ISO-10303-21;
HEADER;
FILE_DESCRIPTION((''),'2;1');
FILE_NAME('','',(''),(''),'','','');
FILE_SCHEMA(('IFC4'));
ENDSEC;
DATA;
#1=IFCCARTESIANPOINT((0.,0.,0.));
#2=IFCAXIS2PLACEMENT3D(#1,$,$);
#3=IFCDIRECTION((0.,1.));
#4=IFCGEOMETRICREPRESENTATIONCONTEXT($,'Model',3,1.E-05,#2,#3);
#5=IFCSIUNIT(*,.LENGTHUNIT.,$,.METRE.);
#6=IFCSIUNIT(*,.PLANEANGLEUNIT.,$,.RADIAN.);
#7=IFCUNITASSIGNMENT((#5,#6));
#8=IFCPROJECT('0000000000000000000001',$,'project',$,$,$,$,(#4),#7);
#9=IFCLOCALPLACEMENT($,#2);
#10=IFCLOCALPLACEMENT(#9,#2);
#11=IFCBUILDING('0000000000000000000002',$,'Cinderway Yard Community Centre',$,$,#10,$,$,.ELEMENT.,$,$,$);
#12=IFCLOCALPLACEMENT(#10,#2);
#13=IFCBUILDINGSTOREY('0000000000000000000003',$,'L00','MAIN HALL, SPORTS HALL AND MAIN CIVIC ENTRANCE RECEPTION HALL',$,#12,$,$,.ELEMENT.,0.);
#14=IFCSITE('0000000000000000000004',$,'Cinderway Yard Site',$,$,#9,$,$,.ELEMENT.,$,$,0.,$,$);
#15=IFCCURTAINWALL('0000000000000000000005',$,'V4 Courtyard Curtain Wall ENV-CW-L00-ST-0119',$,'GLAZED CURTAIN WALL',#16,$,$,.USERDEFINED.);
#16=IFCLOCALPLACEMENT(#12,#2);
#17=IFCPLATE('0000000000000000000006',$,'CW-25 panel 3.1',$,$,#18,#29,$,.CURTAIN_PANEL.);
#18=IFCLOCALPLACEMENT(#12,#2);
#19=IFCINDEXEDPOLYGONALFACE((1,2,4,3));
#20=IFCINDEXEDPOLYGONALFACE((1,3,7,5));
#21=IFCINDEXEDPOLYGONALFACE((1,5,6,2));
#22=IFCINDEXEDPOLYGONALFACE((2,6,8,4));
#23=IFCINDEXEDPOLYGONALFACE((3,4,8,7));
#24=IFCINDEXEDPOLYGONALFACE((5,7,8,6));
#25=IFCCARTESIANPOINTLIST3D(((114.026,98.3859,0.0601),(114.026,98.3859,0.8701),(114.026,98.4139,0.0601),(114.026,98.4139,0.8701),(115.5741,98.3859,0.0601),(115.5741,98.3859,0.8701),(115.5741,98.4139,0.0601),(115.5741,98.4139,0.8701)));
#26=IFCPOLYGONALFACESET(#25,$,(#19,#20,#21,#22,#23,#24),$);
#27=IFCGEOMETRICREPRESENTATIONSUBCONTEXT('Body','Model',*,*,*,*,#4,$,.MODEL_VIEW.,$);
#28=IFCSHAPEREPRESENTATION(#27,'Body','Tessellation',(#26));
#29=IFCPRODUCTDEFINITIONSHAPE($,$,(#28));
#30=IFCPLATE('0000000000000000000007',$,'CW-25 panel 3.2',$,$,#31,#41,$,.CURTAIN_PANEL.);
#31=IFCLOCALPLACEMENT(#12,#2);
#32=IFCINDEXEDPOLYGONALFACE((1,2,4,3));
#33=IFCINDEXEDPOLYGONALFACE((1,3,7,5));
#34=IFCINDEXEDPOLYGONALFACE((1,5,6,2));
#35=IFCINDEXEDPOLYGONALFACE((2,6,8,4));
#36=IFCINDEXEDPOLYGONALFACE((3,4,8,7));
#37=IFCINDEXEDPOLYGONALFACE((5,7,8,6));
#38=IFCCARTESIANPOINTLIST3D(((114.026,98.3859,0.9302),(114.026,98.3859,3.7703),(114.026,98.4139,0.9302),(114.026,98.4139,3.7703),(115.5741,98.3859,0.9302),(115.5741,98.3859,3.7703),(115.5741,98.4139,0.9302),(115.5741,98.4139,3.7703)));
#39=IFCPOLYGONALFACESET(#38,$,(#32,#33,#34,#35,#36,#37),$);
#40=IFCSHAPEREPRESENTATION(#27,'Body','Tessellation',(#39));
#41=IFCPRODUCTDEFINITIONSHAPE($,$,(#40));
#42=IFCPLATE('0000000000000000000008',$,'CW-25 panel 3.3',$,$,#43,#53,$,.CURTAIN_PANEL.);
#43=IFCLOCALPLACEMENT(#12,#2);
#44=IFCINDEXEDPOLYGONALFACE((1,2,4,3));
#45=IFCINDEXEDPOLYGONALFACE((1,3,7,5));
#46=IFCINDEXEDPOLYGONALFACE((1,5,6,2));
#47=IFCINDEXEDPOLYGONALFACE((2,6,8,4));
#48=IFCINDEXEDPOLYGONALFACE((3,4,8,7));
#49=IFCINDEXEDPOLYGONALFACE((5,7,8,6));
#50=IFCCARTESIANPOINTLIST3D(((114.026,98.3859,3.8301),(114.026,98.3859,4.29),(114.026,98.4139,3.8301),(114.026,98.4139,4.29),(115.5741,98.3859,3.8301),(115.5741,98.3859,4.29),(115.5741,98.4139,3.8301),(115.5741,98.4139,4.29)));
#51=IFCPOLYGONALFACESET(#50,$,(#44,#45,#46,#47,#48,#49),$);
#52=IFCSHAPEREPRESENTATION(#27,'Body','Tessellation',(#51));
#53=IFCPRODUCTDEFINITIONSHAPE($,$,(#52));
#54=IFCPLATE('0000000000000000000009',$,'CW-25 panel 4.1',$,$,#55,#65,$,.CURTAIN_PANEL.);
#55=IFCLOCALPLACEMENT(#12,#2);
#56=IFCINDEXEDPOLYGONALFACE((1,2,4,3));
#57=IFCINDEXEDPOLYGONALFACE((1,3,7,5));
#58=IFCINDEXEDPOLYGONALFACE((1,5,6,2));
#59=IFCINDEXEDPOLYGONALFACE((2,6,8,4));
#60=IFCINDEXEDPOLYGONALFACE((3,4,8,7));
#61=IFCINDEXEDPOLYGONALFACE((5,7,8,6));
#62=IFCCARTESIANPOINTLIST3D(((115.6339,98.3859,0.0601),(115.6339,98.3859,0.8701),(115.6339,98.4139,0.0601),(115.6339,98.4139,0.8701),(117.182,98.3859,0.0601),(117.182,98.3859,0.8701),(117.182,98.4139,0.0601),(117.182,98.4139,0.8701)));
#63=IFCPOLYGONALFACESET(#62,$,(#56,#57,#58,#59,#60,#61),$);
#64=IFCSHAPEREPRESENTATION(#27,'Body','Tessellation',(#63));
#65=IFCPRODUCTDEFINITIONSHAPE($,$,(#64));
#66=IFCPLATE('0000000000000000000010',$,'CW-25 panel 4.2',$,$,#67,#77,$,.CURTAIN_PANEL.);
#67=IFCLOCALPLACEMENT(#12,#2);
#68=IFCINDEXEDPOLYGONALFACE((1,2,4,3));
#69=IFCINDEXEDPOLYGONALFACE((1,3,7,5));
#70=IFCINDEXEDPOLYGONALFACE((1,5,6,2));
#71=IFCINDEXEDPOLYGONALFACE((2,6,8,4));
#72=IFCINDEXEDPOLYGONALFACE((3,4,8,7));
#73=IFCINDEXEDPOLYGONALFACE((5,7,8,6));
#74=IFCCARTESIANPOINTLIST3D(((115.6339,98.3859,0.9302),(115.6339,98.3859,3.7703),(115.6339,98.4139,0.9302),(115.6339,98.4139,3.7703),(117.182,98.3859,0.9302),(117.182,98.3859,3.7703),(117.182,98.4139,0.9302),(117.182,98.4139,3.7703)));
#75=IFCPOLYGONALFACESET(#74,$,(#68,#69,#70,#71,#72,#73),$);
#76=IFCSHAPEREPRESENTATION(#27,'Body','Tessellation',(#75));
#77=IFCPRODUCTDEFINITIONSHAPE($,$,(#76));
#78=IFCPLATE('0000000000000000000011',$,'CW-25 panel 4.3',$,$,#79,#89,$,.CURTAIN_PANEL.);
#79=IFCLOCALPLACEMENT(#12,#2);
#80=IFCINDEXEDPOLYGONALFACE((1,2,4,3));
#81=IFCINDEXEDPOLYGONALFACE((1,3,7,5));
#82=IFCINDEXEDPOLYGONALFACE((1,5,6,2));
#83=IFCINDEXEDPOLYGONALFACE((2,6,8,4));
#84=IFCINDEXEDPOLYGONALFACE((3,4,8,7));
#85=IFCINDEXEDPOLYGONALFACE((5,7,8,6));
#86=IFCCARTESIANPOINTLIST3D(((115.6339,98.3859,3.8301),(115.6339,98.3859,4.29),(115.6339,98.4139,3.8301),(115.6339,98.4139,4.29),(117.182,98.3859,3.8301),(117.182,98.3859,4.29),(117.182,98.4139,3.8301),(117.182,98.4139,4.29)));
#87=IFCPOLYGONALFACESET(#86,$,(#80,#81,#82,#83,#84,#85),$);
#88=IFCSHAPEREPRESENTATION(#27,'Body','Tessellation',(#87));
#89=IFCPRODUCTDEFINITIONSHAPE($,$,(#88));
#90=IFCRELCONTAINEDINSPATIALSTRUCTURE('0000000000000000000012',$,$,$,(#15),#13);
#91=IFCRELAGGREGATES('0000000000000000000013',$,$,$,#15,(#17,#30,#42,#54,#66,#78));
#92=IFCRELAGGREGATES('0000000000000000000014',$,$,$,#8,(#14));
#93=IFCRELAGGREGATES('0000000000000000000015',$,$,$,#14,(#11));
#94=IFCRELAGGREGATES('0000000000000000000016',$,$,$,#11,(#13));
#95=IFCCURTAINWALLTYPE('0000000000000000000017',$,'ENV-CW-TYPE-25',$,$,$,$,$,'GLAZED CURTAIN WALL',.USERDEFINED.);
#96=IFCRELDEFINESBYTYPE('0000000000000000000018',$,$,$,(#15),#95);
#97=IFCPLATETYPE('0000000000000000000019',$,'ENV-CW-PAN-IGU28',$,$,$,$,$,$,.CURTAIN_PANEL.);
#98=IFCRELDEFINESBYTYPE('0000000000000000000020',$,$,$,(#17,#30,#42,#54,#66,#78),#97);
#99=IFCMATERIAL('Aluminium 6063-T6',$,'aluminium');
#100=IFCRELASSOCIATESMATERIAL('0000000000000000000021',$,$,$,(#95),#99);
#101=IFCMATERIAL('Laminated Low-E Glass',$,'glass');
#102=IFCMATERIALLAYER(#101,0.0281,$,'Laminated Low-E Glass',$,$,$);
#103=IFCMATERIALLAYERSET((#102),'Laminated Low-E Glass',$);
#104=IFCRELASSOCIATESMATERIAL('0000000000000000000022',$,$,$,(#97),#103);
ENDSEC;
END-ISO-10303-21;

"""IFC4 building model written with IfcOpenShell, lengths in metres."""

from ifc_helpers import new_model, si_unit, direction, frame, origin, origin_2d, place, context, subcontext, project, spatial, rectangle, extrude, material, layer, layer_set, type_object, element, aggregate, save


model = new_model("IFC4")

# Units and contexts
model_context = context("Model", 3, precision=1e-05, world=origin(), true_north=direction((0.0, 1.0)))
body_context = subcontext(model_context, "Body", "Model", "MODEL_VIEW")
ifc_project = project(units=[si_unit("LENGTHUNIT", "METRE"), si_unit("PLANEANGLEUNIT", "RADIAN")], contexts=[model_context])

# Site, building, storey
site_placement = place(None, origin())
site = spatial("IfcSite", under=ifc_project, at=site_placement, Name="Cinderway Yard Site", CompositionType="ELEMENT", RefElevation=0.0)
building_placement = place(site_placement, origin())
building = spatial("IfcBuilding", under=site, at=building_placement, Name="Cinderway Yard Community Centre", CompositionType="ELEMENT")
storey_placement = place(building_placement, origin())
storey = spatial("IfcBuildingStorey", under=building, at=storey_placement, Name="L00", Description="MAIN HALL, SPORTS HALL AND MAIN CIVIC ENTRANCE RECEPTION HALL", CompositionType="ELEMENT", Elevation=0.0)

# Curtain wall, plates
ifc_material_1 = material(Name="Aluminium 6063-T6", Category="aluminium")
curtain_wall_type = type_object("IfcCurtainWallType", Name="ENV-CW-TYPE-25", ElementType="GLAZED CURTAIN WALL", PredefinedType="USERDEFINED", material=ifc_material_1)
curtain_wall_placement = place(storey_placement, origin())
curtain_wall = element("IfcCurtainWall", 1, at=curtain_wall_placement, inside=storey, type_object=curtain_wall_type, Name="V4 Courtyard Curtain Wall ENV-CW-L00-ST-0119", ObjectType="GLAZED CURTAIN WALL", PredefinedType="USERDEFINED")
ifc_material_2 = material(Name="Laminated Low-E Glass", Category="glass")
ifc_layer = layer(ifc_material_2, 0.0281, Name="Laminated Low-E Glass")
ifc_layer_set = layer_set([ifc_layer], Name="Laminated Low-E Glass")
plate_type = type_object("IfcPlateType", Name="ENV-CW-PAN-IGU28", PredefinedType="CURTAIN_PANEL", material=ifc_layer_set)
plate_1_placement = place(storey_placement, frame((114.8, 98.3999, 0.0601), z_axis=(0.0, 0.0, 1.0), x_axis=(1.0, 0.0, 0.0)))
plate_1 = element("IfcPlate", 2, at=plate_1_placement, type_object=plate_type, Name="CW-25 panel 3.1", PredefinedType="CURTAIN_PANEL", context=body_context, shape_type="SweptSolid", body=[
    extrude(rectangle(XDim=1.5481, YDim=0.0281, at=origin_2d()), origin(), (0.0, 0.0, 1.0), 0.8101),
])
plate_2_placement = place(storey_placement, frame((114.8, 98.3999, 0.9302), z_axis=(0.0, 0.0, 1.0), x_axis=(1.0, 0.0, 0.0)))
plate_2 = element("IfcPlate", 3, at=plate_2_placement, type_object=plate_type, Name="CW-25 panel 3.2", PredefinedType="CURTAIN_PANEL", context=body_context, shape_type="SweptSolid", body=[
    extrude(rectangle(XDim=1.5481, YDim=0.0281, at=origin_2d()), origin(), (0.0, 0.0, 1.0), 2.8401),
])
plate_3_placement = place(storey_placement, frame((114.8, 98.3999, 3.8301), z_axis=(0.0, 0.0, 1.0), x_axis=(1.0, 0.0, 0.0)))
plate_3 = element("IfcPlate", 4, at=plate_3_placement, type_object=plate_type, Name="CW-25 panel 3.3", PredefinedType="CURTAIN_PANEL", context=body_context, shape_type="SweptSolid", body=[
    extrude(rectangle(XDim=1.5481, YDim=0.0281, at=origin_2d()), origin(), (0.0, 0.0, 1.0), 0.46),
])
plate_4_placement = place(storey_placement, frame((116.408, 98.3999, 0.0601), z_axis=(0.0, 0.0, 1.0), x_axis=(1.0, 0.0, 0.0)))
plate_4 = element("IfcPlate", 5, at=plate_4_placement, type_object=plate_type, Name="CW-25 panel 4.1", PredefinedType="CURTAIN_PANEL", context=body_context, shape_type="SweptSolid", body=[
    extrude(rectangle(XDim=1.5481, YDim=0.0281, at=origin_2d()), origin(), (0.0, 0.0, 1.0), 0.8101),
])
plate_5_placement = place(storey_placement, frame((116.408, 98.3999, 0.9302), z_axis=(0.0, 0.0, 1.0), x_axis=(1.0, 0.0, 0.0)))
plate_5 = element("IfcPlate", 6, at=plate_5_placement, type_object=plate_type, Name="CW-25 panel 4.2", PredefinedType="CURTAIN_PANEL", context=body_context, shape_type="SweptSolid", body=[
    extrude(rectangle(XDim=1.5481, YDim=0.0281, at=origin_2d()), origin(), (0.0, 0.0, 1.0), 2.8401),
])
plate_6_placement = place(storey_placement, frame((116.408, 98.3999, 3.8301), z_axis=(0.0, 0.0, 1.0), x_axis=(1.0, 0.0, 0.0)))
plate_6 = element("IfcPlate", 7, at=plate_6_placement, type_object=plate_type, Name="CW-25 panel 4.3", PredefinedType="CURTAIN_PANEL", context=body_context, shape_type="SweptSolid", body=[
    extrude(rectangle(XDim=1.5481, YDim=0.0281, at=origin_2d()), origin(), (0.0, 0.0, 1.0), 0.46),
])
aggregate(curtain_wall, [plate_1, plate_2, plate_3, plate_4, plate_5, plate_6])

save(model, "model.ifc")
